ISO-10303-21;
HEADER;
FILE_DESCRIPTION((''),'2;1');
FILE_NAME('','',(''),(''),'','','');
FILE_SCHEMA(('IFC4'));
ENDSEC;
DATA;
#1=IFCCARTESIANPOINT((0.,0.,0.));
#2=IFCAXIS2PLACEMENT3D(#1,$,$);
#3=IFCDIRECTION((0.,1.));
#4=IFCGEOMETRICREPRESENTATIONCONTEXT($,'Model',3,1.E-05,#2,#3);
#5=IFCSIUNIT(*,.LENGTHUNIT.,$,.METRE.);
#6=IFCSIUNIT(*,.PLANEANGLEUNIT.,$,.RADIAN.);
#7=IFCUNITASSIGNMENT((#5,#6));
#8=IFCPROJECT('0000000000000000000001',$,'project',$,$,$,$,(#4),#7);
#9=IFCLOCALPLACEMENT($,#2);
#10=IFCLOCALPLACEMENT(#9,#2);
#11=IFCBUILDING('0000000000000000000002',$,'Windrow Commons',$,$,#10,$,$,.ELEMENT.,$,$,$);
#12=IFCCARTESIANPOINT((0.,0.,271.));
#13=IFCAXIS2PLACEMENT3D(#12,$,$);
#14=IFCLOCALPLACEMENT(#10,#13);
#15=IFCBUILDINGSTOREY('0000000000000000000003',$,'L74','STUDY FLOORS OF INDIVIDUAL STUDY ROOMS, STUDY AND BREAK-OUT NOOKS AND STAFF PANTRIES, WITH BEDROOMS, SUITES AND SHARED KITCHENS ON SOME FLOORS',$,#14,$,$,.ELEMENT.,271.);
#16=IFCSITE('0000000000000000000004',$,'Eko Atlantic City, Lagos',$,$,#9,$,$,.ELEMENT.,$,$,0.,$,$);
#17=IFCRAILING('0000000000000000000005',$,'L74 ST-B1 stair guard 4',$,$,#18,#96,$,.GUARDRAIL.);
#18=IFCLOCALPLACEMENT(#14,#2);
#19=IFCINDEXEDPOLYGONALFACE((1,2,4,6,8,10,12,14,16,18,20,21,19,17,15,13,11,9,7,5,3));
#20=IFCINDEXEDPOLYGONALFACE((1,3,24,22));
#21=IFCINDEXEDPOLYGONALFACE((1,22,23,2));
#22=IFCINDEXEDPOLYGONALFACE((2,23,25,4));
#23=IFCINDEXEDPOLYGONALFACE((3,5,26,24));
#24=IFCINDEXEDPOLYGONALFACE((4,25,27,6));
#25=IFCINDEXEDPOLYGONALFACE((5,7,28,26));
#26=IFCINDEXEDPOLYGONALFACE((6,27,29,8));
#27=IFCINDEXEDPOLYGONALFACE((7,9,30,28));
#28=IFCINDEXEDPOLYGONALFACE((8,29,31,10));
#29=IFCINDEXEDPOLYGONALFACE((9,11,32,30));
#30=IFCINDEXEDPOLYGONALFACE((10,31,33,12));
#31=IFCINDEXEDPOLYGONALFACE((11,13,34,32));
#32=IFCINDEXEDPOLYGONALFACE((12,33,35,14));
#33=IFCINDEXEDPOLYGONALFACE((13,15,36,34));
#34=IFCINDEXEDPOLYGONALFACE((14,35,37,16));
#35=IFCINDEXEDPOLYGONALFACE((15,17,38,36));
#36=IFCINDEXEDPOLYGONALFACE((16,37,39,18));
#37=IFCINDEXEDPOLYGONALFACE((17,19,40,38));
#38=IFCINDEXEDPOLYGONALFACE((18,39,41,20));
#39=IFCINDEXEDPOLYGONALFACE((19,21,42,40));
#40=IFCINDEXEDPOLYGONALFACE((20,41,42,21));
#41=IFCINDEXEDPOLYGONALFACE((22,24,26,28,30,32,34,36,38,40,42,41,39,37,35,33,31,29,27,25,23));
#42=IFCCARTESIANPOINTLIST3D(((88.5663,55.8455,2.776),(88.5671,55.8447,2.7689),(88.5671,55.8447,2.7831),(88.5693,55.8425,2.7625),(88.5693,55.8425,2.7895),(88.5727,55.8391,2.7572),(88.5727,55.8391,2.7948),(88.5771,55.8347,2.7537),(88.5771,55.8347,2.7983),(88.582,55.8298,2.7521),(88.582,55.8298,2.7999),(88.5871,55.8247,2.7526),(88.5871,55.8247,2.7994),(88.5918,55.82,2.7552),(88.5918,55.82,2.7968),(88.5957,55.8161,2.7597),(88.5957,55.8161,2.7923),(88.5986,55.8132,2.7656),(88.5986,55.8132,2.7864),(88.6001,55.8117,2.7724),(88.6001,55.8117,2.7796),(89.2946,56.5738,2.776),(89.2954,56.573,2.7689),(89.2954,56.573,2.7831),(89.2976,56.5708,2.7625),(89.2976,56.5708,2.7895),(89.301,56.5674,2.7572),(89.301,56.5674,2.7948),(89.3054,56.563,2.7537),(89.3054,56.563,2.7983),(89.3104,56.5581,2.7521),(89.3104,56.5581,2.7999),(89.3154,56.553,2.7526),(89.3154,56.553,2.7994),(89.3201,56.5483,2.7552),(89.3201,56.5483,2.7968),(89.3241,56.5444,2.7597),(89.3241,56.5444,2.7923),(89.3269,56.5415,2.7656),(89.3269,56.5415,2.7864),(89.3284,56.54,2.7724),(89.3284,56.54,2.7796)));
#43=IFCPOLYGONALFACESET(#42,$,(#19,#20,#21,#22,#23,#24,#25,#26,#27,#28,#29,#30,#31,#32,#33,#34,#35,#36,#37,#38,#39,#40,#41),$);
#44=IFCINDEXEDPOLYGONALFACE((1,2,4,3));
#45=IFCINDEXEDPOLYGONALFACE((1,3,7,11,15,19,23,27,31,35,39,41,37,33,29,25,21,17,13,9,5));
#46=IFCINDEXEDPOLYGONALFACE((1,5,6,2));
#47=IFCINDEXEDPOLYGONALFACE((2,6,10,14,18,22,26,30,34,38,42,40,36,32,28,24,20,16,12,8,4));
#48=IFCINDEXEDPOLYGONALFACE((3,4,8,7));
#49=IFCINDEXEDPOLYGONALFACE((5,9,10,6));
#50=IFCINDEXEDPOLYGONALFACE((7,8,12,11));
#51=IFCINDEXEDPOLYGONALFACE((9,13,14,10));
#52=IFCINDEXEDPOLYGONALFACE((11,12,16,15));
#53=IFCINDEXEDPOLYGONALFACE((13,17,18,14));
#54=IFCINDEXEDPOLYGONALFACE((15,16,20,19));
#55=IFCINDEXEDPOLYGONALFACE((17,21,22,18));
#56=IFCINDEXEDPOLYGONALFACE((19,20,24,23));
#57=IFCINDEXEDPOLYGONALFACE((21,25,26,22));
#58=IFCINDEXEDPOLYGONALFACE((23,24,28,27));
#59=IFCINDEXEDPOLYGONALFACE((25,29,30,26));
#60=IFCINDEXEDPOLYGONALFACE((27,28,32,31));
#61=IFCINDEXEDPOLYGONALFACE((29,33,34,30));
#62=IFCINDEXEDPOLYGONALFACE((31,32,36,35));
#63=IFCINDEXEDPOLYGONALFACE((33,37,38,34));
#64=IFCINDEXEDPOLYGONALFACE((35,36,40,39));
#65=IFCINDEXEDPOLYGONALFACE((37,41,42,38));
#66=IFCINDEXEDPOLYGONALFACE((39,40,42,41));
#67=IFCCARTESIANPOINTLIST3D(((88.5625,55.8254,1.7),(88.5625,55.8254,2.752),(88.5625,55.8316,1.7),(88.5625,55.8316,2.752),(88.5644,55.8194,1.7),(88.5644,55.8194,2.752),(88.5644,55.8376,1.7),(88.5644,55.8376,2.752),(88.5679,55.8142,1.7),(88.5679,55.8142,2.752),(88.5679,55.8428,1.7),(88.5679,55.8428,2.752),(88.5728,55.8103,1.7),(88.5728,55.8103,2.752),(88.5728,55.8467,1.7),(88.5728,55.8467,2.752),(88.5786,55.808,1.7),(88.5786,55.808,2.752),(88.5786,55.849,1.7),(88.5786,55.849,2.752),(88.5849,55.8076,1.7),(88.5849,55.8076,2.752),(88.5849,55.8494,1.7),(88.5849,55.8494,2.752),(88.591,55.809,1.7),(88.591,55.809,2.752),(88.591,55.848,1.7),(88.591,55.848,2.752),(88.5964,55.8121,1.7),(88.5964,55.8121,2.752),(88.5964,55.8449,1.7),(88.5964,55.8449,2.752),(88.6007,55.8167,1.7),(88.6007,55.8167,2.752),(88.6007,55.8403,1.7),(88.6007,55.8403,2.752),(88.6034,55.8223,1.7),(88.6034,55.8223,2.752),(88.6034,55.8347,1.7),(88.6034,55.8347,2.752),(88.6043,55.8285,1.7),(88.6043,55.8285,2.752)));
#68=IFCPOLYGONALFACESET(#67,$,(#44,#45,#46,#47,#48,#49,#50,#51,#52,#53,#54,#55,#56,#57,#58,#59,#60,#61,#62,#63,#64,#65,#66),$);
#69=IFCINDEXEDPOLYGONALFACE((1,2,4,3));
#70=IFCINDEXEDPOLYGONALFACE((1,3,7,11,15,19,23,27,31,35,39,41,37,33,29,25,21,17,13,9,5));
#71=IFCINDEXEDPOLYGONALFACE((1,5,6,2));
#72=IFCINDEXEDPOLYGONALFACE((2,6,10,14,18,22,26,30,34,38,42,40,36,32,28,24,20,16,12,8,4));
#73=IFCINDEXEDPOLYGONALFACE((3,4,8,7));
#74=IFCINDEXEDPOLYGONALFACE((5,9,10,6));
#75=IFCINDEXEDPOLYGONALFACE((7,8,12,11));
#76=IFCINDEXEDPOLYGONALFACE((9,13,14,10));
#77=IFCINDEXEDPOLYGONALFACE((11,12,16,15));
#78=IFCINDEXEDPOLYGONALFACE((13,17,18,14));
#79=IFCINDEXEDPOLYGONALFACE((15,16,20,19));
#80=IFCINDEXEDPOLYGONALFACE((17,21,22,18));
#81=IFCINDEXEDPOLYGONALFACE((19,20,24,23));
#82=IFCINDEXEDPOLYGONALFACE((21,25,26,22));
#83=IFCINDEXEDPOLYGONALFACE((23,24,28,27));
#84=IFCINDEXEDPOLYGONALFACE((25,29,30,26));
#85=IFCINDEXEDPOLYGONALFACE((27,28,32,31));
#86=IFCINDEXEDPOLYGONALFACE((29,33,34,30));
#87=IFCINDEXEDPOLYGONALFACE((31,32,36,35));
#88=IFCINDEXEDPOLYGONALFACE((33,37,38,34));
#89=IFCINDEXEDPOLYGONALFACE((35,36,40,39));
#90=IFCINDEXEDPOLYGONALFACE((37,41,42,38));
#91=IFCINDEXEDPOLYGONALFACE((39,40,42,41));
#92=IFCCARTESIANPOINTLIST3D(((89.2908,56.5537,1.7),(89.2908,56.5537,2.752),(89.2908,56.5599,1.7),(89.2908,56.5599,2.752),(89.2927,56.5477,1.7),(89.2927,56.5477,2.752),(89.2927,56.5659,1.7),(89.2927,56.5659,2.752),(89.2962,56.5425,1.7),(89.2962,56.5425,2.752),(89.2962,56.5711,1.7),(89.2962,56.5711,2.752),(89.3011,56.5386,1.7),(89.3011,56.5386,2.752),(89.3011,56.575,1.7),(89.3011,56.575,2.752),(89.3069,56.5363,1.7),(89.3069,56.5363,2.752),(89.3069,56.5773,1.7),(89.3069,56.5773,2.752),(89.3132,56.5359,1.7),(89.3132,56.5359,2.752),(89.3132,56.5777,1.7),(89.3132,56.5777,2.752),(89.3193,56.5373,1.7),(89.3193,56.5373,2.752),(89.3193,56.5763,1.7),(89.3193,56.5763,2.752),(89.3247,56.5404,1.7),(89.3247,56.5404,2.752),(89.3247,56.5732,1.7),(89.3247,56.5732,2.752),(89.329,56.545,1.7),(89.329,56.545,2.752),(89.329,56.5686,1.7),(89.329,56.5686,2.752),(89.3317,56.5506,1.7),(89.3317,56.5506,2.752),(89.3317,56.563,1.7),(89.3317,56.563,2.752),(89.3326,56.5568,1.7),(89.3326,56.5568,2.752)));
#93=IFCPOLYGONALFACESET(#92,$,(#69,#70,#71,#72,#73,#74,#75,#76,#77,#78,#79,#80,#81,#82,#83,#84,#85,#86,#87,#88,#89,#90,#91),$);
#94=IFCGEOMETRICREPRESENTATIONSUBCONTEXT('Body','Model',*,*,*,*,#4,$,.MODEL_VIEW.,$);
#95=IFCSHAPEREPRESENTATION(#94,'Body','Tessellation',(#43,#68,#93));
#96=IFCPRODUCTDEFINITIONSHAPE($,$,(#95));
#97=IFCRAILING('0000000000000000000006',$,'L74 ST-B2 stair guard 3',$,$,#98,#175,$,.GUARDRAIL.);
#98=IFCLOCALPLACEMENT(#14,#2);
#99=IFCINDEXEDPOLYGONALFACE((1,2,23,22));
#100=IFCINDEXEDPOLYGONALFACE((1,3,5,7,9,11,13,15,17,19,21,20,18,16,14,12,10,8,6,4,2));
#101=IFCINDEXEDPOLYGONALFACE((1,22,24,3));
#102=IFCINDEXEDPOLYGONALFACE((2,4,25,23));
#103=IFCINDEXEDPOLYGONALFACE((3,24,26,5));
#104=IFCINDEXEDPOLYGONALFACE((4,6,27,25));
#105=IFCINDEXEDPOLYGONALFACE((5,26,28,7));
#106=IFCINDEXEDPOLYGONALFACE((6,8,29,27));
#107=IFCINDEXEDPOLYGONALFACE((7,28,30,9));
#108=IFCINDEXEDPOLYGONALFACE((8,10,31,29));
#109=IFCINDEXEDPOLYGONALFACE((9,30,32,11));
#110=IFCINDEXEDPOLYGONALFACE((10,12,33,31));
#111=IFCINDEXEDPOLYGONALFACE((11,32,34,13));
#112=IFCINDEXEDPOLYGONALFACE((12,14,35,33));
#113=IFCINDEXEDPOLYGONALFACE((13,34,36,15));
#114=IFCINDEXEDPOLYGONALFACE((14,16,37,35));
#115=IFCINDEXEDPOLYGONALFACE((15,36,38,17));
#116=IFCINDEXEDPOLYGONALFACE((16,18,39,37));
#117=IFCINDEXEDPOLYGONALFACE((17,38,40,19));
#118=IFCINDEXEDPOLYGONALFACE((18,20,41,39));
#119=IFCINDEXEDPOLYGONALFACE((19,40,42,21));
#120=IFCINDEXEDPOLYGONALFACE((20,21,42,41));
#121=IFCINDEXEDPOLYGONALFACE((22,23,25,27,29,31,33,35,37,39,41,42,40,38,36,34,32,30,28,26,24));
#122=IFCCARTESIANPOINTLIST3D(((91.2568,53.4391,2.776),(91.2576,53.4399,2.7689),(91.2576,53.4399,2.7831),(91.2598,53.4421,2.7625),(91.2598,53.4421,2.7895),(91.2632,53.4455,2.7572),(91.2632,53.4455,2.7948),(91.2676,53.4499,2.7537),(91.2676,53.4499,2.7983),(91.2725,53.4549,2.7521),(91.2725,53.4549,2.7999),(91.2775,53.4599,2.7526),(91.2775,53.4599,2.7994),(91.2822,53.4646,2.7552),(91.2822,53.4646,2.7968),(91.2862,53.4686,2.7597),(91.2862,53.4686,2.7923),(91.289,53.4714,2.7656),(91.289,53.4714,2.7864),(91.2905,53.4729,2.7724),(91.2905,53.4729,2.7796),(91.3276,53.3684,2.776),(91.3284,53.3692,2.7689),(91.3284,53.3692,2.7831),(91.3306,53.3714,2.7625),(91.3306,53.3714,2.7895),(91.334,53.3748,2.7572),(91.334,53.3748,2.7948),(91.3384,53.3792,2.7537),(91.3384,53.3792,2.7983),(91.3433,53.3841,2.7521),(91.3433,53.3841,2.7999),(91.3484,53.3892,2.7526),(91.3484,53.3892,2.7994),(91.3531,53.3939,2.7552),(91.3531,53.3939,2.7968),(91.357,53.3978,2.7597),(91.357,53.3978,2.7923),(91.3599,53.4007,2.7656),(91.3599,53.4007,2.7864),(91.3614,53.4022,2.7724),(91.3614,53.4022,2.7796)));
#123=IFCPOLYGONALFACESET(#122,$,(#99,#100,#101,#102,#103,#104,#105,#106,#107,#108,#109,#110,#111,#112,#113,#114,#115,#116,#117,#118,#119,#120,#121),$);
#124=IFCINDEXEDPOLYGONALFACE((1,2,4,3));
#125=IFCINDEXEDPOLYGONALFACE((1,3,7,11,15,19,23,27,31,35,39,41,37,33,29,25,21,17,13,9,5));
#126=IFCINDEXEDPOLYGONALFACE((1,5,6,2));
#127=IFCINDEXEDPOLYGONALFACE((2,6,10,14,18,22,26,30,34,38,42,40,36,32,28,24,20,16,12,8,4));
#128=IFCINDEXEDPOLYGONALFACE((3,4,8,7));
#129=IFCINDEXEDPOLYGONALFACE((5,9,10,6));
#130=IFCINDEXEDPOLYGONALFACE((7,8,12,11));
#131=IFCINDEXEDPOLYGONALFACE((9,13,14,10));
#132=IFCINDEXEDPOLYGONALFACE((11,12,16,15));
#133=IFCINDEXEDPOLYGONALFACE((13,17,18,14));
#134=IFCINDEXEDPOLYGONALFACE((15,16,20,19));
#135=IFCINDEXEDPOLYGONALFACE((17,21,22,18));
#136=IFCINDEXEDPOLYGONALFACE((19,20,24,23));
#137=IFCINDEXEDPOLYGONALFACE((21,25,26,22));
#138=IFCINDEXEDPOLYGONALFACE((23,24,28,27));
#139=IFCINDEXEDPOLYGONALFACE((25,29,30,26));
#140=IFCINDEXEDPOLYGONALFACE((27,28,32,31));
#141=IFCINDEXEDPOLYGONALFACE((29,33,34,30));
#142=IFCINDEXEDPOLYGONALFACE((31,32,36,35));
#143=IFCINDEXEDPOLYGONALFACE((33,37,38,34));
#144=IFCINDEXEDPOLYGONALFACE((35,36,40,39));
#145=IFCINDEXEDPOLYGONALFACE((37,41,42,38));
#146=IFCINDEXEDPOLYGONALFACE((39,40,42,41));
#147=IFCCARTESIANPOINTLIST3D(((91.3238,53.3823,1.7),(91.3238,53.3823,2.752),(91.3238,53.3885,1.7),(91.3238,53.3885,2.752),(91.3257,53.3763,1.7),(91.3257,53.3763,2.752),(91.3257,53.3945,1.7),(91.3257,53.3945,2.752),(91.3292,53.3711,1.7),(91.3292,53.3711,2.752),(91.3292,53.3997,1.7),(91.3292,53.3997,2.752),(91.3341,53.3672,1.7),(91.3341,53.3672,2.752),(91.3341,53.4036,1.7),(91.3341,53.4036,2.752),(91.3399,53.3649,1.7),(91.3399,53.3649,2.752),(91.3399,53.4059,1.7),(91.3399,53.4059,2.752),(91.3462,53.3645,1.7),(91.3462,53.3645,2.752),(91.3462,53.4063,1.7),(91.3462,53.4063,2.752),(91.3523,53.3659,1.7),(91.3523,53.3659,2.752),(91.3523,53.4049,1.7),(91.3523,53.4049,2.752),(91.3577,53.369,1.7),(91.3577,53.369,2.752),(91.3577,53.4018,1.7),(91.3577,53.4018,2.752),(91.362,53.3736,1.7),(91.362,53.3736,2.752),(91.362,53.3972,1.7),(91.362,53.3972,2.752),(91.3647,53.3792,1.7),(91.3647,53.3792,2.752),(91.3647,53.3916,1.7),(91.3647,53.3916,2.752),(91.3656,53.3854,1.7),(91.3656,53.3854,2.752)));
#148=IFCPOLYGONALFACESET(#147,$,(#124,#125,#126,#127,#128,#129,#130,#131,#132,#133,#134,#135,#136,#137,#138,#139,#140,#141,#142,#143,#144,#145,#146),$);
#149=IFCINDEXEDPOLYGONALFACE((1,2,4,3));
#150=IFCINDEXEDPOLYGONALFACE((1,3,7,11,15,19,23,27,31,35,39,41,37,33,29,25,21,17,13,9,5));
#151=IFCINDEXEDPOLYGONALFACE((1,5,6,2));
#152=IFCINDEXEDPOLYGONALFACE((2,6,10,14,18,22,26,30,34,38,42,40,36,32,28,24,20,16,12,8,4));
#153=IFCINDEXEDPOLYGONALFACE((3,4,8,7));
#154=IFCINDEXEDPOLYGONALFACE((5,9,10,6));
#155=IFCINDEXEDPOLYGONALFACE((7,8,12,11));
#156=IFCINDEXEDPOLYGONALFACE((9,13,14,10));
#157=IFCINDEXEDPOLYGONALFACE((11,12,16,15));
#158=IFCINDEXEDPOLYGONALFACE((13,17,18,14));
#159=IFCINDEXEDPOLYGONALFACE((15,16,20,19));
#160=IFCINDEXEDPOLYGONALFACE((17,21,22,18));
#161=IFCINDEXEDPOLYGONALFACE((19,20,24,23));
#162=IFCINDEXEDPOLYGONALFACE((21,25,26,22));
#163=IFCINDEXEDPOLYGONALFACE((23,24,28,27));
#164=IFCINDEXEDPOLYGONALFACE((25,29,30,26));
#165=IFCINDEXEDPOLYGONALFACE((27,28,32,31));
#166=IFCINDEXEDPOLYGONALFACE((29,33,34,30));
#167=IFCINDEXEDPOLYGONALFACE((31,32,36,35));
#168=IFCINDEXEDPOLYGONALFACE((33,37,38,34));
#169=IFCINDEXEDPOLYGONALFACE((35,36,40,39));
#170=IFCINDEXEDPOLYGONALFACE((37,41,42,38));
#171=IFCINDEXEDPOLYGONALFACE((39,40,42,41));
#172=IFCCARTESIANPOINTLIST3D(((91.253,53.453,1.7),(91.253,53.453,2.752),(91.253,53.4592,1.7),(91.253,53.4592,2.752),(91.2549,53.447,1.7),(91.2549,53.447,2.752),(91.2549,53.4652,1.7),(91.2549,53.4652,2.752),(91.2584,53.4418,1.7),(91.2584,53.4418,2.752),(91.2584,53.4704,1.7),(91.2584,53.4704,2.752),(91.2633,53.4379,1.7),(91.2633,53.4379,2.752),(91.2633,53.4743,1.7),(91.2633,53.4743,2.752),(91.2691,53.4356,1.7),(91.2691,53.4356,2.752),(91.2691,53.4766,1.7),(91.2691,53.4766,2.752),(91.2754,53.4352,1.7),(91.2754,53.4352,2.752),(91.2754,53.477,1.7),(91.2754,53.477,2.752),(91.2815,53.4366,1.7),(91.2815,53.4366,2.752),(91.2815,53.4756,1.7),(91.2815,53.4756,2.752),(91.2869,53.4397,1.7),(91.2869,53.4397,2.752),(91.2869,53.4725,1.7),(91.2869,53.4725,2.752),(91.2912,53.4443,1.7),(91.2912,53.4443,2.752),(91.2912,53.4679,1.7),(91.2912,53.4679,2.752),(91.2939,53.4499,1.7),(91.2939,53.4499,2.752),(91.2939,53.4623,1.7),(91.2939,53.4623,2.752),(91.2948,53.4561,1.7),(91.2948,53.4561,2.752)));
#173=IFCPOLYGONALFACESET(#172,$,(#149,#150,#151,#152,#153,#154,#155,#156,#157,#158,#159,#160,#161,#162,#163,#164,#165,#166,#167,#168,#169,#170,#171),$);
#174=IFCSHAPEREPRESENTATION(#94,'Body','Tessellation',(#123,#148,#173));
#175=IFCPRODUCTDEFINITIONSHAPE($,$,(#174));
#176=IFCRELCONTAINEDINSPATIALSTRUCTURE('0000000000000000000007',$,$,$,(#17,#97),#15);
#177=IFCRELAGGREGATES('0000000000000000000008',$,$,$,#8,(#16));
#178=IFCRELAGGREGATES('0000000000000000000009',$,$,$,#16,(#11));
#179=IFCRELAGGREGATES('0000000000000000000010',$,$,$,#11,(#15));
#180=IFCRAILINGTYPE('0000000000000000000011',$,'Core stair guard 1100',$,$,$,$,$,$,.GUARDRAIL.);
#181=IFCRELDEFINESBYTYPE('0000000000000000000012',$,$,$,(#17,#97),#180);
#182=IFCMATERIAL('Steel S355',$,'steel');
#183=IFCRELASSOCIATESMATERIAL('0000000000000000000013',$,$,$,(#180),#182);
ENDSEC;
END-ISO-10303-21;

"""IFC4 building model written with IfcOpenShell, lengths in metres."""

from ifc_helpers import new_model, si_unit, direction, frame, origin, origin_2d, place, context, subcontext, project, spatial, circle, extrude, material, type_object, element, save


model = new_model("IFC4")

# Units and contexts
model_context = context("Model", 3, precision=1e-05, world=origin(), true_north=direction((0.0, 1.0)))
body_context = subcontext(model_context, "Body", "Model", "MODEL_VIEW")
ifc_project = project(units=[si_unit("LENGTHUNIT", "METRE"), si_unit("PLANEANGLEUNIT", "RADIAN")], contexts=[model_context])

# Site, building, storey
site_placement = place(None, origin())
site = spatial("IfcSite", under=ifc_project, at=site_placement, Name="Eko Atlantic City, Lagos", CompositionType="ELEMENT", RefElevation=0.0)
building_placement = place(site_placement, origin())
building = spatial("IfcBuilding", under=site, at=building_placement, Name="Windrow Commons", CompositionType="ELEMENT")
storey_placement = place(building_placement, frame((0.0, 0.0, 271.0)))
storey = spatial("IfcBuildingStorey", under=building, at=storey_placement, Name="L74", Description="STUDY FLOORS OF INDIVIDUAL STUDY ROOMS, STUDY AND BREAK-OUT NOOKS AND STAFF PANTRIES, WITH BEDROOMS, SUITES AND SHARED KITCHENS ON SOME FLOORS", CompositionType="ELEMENT", Elevation=271.0)

# Railings
ifc_material_1 = material(Name="Steel S355", Category="steel")
railing_type_1 = type_object("IfcRailingType", Name="Core stair guard 1100", PredefinedType="GUARDRAIL", material=ifc_material_1)
railing_1_placement = place(storey_placement, frame((88.5833, 55.8285, 1.7)))
element("IfcRailing", 1, at=railing_1_placement, inside=storey, type_object=railing_type_1, Name="L74 ST-B1 stair guard 4", PredefinedType="GUARDRAIL", context=body_context, shape_type="SweptSolid", body=[
    extrude(circle(Radius=0.024, at=origin_2d()), frame((0.0, 0.0, 1.076), z_axis=(0.707107, 0.707107, 0.0), x_axis=(-0.707107, 0.707107, 0.0)), (0.0, 0.0, 1.0), 1.03),
    extrude(circle(Radius=0.021, at=origin_2d()), origin(), (0.0, 0.0, 1.0), 1.052),
    extrude(circle(Radius=0.021, at=origin_2d()), frame((0.7283, 0.7283, 0.0)), (0.0, 0.0, 1.0), 1.052),
])
railing_2_placement = place(storey_placement, frame((91.3446, 53.3854, 1.7)))
element("IfcRailing", 2, at=railing_2_placement, inside=storey, type_object=railing_type_1, Name="L74 ST-B2 stair guard 3", PredefinedType="GUARDRAIL", context=body_context, shape_type="SweptSolid", body=[
    extrude(circle(Radius=0.024, at=origin_2d()), frame((0.0, 0.0, 1.076), z_axis=(-0.707606, 0.706607, 0.0), x_axis=(-0.706607, -0.707606, 0.0)), (0.0, 0.0, 1.0), 0.1001),
    extrude(circle(Radius=0.021, at=origin_2d()), origin(), (0.0, 0.0, 1.0), 1.052),
    extrude(circle(Radius=0.021, at=origin_2d()), frame((-0.0708, 0.0707, 0.0)), (0.0, 0.0, 1.0), 1.052),
])

save(model, "model.ifc")
